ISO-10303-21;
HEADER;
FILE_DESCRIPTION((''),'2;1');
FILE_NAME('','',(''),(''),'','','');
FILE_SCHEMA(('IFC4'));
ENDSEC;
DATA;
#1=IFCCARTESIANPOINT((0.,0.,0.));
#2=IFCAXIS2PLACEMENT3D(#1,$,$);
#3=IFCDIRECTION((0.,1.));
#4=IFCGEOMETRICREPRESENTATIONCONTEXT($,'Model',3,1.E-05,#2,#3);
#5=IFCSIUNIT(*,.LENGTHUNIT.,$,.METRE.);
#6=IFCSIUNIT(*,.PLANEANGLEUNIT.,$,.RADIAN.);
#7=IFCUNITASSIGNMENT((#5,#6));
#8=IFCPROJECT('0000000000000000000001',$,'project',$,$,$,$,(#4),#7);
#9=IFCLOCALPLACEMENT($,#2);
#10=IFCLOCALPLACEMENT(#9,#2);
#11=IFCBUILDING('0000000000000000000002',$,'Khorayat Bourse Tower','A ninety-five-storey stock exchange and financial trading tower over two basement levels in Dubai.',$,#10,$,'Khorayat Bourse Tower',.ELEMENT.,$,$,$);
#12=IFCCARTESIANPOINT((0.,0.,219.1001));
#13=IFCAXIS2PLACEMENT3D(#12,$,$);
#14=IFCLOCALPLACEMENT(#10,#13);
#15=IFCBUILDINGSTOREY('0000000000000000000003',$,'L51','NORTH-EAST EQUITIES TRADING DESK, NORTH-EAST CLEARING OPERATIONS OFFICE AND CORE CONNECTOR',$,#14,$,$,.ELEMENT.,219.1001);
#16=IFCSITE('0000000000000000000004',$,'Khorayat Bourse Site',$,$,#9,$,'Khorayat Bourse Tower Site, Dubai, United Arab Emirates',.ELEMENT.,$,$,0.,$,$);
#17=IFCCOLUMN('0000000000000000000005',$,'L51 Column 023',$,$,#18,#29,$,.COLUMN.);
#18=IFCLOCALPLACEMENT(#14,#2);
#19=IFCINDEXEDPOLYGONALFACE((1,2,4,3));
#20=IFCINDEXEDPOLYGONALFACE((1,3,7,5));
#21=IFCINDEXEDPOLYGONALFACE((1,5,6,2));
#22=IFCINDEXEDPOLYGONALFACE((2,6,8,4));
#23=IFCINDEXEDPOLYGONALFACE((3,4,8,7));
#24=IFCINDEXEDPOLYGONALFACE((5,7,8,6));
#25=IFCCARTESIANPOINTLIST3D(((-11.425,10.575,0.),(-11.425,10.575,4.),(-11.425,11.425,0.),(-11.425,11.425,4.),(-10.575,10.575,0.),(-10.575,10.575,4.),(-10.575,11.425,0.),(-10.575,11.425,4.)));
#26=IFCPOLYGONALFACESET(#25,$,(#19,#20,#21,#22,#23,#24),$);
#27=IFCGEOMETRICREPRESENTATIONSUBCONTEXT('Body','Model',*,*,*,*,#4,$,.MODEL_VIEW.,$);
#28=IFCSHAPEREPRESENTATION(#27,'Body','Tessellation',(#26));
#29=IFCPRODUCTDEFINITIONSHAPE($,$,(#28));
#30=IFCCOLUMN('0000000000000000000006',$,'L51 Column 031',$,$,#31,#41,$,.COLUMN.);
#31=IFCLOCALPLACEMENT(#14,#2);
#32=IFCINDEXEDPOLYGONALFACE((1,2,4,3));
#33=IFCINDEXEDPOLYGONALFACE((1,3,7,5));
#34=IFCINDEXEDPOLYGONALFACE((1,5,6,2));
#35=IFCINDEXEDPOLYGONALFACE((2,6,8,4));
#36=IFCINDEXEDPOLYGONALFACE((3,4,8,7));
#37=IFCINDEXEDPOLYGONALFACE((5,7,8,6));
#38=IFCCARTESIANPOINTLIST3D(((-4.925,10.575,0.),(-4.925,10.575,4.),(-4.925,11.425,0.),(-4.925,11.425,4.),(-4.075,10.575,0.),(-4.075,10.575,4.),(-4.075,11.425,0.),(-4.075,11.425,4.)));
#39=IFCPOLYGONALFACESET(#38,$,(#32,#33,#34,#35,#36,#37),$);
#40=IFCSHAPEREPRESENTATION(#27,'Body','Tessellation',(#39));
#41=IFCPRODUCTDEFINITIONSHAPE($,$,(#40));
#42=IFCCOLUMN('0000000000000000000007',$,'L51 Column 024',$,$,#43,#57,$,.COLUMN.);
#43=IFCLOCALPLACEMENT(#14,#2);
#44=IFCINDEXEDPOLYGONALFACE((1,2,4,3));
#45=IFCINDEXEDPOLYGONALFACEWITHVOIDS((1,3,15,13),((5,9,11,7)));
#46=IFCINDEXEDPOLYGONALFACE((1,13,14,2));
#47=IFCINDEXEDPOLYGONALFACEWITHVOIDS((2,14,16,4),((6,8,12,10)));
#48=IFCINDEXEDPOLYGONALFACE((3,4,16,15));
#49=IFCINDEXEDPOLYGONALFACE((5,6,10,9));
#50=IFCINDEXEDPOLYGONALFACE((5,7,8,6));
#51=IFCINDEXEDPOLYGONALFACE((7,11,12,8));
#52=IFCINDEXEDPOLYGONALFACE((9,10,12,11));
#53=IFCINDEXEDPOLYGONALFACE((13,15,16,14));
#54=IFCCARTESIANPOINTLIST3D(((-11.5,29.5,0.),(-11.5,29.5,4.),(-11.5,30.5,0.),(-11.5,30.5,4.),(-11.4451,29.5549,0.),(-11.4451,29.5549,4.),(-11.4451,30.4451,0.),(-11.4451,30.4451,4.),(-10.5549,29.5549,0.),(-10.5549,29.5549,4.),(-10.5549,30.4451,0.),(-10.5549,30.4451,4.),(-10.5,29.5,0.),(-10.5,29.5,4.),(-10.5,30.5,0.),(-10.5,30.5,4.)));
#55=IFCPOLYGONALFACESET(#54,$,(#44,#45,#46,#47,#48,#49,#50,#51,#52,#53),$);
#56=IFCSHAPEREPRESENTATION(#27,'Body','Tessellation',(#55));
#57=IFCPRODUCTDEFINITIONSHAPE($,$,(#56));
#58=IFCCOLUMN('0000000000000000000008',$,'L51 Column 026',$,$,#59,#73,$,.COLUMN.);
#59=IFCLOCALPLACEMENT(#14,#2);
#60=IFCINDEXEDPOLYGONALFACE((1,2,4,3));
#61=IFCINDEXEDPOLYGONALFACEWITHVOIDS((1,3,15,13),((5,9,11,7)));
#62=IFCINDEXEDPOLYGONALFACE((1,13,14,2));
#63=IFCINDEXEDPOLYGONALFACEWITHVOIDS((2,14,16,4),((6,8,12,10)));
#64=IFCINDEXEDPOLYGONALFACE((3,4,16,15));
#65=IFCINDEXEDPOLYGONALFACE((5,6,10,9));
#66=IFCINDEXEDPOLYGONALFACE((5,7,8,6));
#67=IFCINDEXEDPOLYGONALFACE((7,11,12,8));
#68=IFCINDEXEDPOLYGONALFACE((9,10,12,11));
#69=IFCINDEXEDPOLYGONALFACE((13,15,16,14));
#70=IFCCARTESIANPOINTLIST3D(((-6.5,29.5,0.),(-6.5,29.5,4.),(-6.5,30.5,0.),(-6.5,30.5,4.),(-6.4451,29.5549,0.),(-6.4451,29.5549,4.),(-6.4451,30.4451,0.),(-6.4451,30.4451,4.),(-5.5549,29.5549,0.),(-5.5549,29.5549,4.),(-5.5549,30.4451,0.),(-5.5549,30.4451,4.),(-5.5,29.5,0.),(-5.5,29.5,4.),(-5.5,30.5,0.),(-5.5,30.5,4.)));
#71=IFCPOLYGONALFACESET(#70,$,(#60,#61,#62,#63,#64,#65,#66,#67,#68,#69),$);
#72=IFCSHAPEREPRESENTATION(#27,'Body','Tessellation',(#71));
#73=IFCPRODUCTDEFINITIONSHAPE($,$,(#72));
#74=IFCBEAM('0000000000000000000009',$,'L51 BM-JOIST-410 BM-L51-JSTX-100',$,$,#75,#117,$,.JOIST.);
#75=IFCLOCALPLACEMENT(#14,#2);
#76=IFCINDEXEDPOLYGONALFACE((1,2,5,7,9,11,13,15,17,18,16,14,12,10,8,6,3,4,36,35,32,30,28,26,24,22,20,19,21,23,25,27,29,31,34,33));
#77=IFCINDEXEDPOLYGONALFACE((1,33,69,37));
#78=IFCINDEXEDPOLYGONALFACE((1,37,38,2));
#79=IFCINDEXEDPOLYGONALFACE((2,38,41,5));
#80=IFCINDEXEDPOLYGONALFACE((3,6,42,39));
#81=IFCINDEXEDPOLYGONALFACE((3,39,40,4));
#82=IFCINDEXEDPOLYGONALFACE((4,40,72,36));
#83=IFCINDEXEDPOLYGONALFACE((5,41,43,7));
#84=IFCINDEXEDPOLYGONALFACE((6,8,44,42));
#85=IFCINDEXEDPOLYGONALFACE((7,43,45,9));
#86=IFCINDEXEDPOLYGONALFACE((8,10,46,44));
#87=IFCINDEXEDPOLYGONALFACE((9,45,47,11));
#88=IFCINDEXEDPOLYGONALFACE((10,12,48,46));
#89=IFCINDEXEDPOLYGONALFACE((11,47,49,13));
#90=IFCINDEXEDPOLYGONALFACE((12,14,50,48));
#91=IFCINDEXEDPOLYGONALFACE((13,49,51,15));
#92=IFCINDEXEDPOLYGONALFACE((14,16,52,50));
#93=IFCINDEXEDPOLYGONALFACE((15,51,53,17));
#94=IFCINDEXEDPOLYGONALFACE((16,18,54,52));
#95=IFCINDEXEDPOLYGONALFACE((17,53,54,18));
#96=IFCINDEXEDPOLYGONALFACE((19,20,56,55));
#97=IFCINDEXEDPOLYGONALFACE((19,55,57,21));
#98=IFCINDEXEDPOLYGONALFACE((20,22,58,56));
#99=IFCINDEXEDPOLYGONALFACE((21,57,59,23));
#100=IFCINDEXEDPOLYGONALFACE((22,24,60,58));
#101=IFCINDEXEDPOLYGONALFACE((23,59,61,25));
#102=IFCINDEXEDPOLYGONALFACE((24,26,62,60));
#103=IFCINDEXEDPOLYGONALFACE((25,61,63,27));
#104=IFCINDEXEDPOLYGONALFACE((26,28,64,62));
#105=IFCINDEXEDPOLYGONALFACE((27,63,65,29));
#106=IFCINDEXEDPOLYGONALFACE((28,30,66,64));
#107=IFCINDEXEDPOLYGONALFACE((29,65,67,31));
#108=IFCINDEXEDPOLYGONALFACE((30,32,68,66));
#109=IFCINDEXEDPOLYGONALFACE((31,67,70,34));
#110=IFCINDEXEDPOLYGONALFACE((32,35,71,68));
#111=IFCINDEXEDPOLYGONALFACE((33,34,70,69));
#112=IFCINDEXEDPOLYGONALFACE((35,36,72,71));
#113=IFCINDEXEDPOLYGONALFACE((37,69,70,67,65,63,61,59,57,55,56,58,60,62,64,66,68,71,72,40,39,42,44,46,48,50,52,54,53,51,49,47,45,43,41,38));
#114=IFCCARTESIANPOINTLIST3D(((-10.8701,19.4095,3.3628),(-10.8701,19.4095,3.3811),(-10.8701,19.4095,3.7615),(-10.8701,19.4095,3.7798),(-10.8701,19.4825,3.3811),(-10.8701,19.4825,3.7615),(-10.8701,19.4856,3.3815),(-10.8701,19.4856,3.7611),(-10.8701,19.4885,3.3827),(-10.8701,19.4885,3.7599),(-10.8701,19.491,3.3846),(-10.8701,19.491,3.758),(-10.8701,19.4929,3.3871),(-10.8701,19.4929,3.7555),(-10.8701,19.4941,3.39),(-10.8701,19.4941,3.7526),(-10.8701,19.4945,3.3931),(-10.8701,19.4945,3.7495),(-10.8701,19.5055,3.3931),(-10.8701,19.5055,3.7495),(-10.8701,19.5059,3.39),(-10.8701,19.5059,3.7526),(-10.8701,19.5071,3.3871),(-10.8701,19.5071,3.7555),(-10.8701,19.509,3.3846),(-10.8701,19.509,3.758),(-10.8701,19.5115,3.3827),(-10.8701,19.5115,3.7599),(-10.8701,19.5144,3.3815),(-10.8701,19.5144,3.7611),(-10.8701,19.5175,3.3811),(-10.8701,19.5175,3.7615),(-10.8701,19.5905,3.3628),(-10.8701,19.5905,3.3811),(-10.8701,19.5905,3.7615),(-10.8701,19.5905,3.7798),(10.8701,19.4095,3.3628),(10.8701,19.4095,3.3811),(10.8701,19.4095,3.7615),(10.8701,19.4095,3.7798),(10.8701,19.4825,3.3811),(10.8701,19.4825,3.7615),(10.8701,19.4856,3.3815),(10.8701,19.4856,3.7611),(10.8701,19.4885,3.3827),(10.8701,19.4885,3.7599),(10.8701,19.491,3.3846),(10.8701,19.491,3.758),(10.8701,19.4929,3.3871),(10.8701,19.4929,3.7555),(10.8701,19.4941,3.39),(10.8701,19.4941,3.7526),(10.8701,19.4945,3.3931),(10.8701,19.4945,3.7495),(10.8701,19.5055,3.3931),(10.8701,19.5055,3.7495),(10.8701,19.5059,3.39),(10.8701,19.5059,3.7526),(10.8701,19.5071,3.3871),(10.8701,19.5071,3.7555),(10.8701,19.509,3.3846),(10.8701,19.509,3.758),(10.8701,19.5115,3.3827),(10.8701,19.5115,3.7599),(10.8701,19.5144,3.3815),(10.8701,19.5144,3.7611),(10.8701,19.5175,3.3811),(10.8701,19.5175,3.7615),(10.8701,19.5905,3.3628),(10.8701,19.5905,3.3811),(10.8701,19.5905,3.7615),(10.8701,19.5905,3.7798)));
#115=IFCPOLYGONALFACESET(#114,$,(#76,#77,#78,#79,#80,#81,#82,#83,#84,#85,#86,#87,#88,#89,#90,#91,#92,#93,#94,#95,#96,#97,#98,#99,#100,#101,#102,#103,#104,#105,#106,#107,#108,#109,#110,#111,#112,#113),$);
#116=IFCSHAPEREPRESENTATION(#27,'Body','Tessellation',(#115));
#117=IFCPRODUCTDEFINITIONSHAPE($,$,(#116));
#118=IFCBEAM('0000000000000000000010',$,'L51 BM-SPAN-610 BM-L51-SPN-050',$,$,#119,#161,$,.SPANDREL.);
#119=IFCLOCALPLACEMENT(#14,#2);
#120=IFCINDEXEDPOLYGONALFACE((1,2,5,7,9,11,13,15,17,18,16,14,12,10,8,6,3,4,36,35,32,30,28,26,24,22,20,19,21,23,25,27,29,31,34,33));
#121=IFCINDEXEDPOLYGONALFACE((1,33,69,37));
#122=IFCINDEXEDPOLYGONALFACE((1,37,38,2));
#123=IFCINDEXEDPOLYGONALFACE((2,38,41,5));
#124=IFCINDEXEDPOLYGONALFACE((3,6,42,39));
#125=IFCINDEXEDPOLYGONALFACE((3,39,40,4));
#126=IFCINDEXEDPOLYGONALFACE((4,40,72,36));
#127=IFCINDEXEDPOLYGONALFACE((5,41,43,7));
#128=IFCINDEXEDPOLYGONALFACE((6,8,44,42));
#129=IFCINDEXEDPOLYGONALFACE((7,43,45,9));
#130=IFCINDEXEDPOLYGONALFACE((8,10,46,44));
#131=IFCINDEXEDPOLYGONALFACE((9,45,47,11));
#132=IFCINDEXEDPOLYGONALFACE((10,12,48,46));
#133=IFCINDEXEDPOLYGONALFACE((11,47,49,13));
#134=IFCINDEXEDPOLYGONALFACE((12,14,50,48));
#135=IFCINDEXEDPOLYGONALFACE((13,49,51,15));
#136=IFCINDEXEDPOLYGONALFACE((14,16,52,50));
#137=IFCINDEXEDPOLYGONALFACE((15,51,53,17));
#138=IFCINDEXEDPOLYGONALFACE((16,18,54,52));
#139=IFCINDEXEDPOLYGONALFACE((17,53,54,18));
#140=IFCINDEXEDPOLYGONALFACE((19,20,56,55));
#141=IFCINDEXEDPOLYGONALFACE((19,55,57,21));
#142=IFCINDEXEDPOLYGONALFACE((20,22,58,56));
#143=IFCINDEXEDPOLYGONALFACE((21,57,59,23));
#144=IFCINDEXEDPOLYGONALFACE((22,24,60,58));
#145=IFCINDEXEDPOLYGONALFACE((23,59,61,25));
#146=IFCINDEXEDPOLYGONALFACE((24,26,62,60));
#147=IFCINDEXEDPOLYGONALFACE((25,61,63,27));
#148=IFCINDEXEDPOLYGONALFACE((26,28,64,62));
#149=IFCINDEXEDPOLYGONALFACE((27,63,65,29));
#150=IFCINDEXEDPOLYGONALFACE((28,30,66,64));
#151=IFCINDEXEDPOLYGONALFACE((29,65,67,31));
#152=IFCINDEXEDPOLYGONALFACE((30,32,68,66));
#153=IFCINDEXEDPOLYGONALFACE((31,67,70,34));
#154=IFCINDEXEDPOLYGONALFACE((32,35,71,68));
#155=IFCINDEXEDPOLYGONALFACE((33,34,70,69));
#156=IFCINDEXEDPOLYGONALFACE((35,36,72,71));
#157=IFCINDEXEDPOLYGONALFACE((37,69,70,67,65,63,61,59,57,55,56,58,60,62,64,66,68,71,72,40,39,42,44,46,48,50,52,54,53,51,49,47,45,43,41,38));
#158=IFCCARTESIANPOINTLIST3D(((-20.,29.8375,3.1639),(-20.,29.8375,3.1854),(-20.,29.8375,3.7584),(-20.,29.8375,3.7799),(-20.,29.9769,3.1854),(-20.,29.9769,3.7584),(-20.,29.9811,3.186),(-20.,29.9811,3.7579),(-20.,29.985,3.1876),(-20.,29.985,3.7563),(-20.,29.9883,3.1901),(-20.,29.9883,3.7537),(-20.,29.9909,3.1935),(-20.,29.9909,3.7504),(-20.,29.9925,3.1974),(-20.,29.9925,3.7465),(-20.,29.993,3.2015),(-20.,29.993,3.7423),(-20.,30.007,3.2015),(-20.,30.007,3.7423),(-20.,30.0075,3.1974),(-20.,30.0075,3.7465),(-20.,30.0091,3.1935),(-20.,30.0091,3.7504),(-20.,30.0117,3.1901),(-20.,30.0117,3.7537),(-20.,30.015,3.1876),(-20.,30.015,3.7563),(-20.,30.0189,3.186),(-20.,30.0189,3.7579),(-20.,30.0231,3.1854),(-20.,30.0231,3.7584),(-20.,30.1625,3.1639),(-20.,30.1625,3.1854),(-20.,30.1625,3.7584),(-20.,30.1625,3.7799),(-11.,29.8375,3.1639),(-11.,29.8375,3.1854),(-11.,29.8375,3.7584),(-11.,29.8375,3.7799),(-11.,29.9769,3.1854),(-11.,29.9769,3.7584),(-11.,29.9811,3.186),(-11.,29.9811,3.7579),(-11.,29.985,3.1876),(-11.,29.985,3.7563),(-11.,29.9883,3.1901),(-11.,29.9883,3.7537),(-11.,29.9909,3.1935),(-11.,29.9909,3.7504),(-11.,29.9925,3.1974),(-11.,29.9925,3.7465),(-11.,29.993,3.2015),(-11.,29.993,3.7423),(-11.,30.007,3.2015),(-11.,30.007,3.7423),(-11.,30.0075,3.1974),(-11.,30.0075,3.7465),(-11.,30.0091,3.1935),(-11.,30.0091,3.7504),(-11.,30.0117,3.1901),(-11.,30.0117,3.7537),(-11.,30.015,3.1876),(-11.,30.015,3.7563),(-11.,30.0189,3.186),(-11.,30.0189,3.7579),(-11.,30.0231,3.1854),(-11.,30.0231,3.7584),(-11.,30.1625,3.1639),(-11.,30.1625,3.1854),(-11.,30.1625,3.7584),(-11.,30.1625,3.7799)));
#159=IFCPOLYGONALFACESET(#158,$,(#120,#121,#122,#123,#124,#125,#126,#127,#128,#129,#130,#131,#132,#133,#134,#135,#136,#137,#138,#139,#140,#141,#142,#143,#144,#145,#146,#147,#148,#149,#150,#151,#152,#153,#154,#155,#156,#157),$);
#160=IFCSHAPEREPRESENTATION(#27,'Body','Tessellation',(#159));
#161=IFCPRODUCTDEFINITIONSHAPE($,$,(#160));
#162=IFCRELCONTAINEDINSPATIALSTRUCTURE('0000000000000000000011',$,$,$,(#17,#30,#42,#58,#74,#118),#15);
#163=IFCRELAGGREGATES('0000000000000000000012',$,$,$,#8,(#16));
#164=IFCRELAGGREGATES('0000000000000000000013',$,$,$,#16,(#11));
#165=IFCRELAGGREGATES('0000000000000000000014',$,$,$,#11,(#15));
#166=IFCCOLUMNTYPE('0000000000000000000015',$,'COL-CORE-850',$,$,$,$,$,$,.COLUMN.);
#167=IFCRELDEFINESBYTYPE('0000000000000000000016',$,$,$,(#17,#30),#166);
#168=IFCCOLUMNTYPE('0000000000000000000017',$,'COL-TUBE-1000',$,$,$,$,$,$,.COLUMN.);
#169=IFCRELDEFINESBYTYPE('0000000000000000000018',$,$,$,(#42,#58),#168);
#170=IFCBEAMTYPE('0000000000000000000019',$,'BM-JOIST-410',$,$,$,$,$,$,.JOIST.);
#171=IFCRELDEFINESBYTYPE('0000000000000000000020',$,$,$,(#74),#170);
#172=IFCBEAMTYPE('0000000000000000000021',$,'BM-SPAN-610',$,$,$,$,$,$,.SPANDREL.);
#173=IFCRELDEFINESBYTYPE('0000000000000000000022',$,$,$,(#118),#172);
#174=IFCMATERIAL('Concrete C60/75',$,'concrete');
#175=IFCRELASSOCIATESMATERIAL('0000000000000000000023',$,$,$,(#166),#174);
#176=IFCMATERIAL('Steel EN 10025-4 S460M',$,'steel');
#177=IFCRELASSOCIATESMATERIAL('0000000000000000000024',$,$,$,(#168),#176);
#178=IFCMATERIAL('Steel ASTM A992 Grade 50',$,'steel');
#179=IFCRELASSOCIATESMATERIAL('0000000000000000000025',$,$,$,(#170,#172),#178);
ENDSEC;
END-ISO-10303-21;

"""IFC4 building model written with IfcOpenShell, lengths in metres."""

from ifc_helpers import new_model, si_unit, direction, frame, origin, origin_2d, place, context, subcontext, project, spatial, rectangle, hollow_rectangle, i_section, extrude, source, transform, mapped, material, material_profile, profile_set, type_object, element, save


model = new_model("IFC4")

# Units and contexts
model_context = context("Model", 3, precision=1e-05, world=origin(), true_north=direction((0.0, 1.0)))
body_context = subcontext(model_context, "Body", "Model", "MODEL_VIEW")
ifc_project = project(units=[si_unit("LENGTHUNIT", "METRE"), si_unit("PLANEANGLEUNIT", "RADIAN")], contexts=[model_context])

# Site, building, storey
site_placement = place(None, origin())
site = spatial("IfcSite", under=ifc_project, at=site_placement, Name="Khorayat Bourse Site", LongName="Khorayat Bourse Tower Site, Dubai, United Arab Emirates", CompositionType="ELEMENT", RefElevation=0.0)
building_placement = place(site_placement, origin())
building = spatial("IfcBuilding", under=site, at=building_placement, Name="Khorayat Bourse Tower", Description="A ninety-five-storey stock exchange and financial trading tower over two basement levels in Dubai.", LongName="Khorayat Bourse Tower", CompositionType="ELEMENT")
storey_placement = place(building_placement, frame((0.0, 0.0, 219.1001)))
storey = spatial("IfcBuildingStorey", under=building, at=storey_placement, Name="L51", Description="NORTH-EAST EQUITIES TRADING DESK, NORTH-EAST CLEARING OPERATIONS OFFICE AND CORE CONNECTOR", CompositionType="ELEMENT", Elevation=219.1001)

# Columns
ifc_material_1 = material(Name="Concrete C60/75", Category="concrete")
ifc_material_profile_1 = material_profile(ifc_material_1, rectangle(XDim=0.8501, YDim=0.8501, at=origin_2d()), Name="RC 850x850")
ifc_profile_set_1 = profile_set([ifc_material_profile_1], Name="Concrete C60/75")
column_type_1 = type_object("IfcColumnType", Name="COL-CORE-850", PredefinedType="COLUMN", material=ifc_profile_set_1)
shared_shape_1 = source(origin(), body_context, "Body", "SweptSolid", [
    extrude(rectangle(XDim=0.8501, YDim=0.8501, at=origin_2d()), origin(), (0.0, 0.0, 1.0), 4.0),
])
for number, where, z_axis, x_axis, name in (
    (1, (-11.0, 11.0, 0.0), (0.0, 0.0, 1.0), (1.0, 0.0, 0.0), "L51 Column 023"),
    (2, (-4.5, 11.0, 0.0), (0.0, 0.0, 1.0), (1.0, 0.0, 0.0), "L51 Column 031"),
):
    element("IfcColumn", number, at=place(storey_placement, frame(where, z_axis=z_axis, x_axis=x_axis)), inside=storey, type_object=column_type_1, Name=name, PredefinedType="COLUMN", context=body_context, shape_type="MappedRepresentation", body=[
        mapped(shared_shape_1, transform((0.0, 0.0, 0.0), scale=1.0)),
    ])
ifc_material_2 = material(Name="Steel EN 10025-4 S460M", Category="steel")
ifc_material_profile_2 = material_profile(ifc_material_2, hollow_rectangle(XDim=1.0, YDim=1.0, WallThickness=0.0549, at=origin_2d()), Name="BOX 1000x1000x55")
ifc_profile_set_2 = profile_set([ifc_material_profile_2], Name="Steel EN 10025-4 S460M")
column_type_2 = type_object("IfcColumnType", Name="COL-TUBE-1000", PredefinedType="COLUMN", material=ifc_profile_set_2)
shared_shape_2 = source(origin(), body_context, "Body", "SweptSolid", [
    extrude(hollow_rectangle(XDim=1.0, YDim=1.0, WallThickness=0.0549, at=origin_2d()), origin(), (0.0, 0.0, 1.0), 4.0),
])
for number, where, z_axis, x_axis, name in (
    (3, (-11.0, 30.0, 0.0), (0.0, 0.0, 1.0), (1.0, 0.0, 0.0), "L51 Column 024"),
    (4, (-6.0, 30.0, 0.0), (0.0, 0.0, 1.0), (1.0, 0.0, 0.0), "L51 Column 026"),
):
    element("IfcColumn", number, at=place(storey_placement, frame(where, z_axis=z_axis, x_axis=x_axis)), inside=storey, type_object=column_type_2, Name=name, PredefinedType="COLUMN", context=body_context, shape_type="MappedRepresentation", body=[
        mapped(shared_shape_2, transform((0.0, 0.0, 0.0), scale=1.0)),
    ])

# Beams
ifc_material_3 = material(Name="Steel ASTM A992 Grade 50", Category="steel")
ifc_material_profile_3 = material_profile(ifc_material_3, i_section(OverallWidth=0.1809, OverallDepth=0.417, WebThickness=0.011, FlangeThickness=0.0183, FilletRadius=0.012, at=origin_2d()), Name="W410X85")
ifc_profile_set_3 = profile_set([ifc_material_profile_3], Name="Steel ASTM A992 Grade 50")
beam_type_1 = type_object("IfcBeamType", Name="BM-JOIST-410", PredefinedType="JOIST", material=ifc_profile_set_3)
shared_shape_3 = source(origin(), body_context, "Body", "SweptSolid", [
    extrude(i_section(OverallWidth=0.1809, OverallDepth=0.417, WebThickness=0.011, FlangeThickness=0.0183, FilletRadius=0.012, at=origin_2d()), origin(), (0.0, 0.0, 1.0), 21.7402),
])
beam_1_placement = place(storey_placement, frame((-10.8701, 19.5, 3.5713), z_axis=(1.0, 0.0, 0.0), x_axis=(0.0, 1.0, 0.0)))
element("IfcBeam", 5, at=beam_1_placement, inside=storey, type_object=beam_type_1, Name="L51 BM-JOIST-410 BM-L51-JSTX-100", PredefinedType="JOIST", context=body_context, shape_type="MappedRepresentation", body=[
    mapped(shared_shape_3, transform((0.0, 0.0, 0.0), scale=1.0)),
])
ifc_material_profile_4 = material_profile(ifc_material_3, i_section(OverallWidth=0.325, OverallDepth=0.616, WebThickness=0.0139, FlangeThickness=0.0215, FilletRadius=0.0161, at=origin_2d()), Name="W610X174")
ifc_profile_set_4 = profile_set([ifc_material_profile_4], Name="Steel ASTM A992 Grade 50")
beam_type_2 = type_object("IfcBeamType", Name="BM-SPAN-610", PredefinedType="SPANDREL", material=ifc_profile_set_4)
shared_shape_4 = source(origin(), body_context, "Body", "SweptSolid", [
    extrude(i_section(OverallWidth=0.325, OverallDepth=0.616, WebThickness=0.0139, FlangeThickness=0.0215, FilletRadius=0.0161, at=origin_2d()), origin(), (0.0, 0.0, 1.0), 9.0),
])
beam_2_placement = place(storey_placement, frame((-20.0, 30.0, 3.4719), z_axis=(1.0, 0.0, 0.0), x_axis=(0.0, 1.0, 0.0)))
element("IfcBeam", 6, at=beam_2_placement, inside=storey, type_object=beam_type_2, Name="L51 BM-SPAN-610 BM-L51-SPN-050", PredefinedType="SPANDREL", context=body_context, shape_type="MappedRepresentation", body=[
    mapped(shared_shape_4, transform((0.0, 0.0, 0.0), scale=1.0)),
])

save(model, "model.ifc")
